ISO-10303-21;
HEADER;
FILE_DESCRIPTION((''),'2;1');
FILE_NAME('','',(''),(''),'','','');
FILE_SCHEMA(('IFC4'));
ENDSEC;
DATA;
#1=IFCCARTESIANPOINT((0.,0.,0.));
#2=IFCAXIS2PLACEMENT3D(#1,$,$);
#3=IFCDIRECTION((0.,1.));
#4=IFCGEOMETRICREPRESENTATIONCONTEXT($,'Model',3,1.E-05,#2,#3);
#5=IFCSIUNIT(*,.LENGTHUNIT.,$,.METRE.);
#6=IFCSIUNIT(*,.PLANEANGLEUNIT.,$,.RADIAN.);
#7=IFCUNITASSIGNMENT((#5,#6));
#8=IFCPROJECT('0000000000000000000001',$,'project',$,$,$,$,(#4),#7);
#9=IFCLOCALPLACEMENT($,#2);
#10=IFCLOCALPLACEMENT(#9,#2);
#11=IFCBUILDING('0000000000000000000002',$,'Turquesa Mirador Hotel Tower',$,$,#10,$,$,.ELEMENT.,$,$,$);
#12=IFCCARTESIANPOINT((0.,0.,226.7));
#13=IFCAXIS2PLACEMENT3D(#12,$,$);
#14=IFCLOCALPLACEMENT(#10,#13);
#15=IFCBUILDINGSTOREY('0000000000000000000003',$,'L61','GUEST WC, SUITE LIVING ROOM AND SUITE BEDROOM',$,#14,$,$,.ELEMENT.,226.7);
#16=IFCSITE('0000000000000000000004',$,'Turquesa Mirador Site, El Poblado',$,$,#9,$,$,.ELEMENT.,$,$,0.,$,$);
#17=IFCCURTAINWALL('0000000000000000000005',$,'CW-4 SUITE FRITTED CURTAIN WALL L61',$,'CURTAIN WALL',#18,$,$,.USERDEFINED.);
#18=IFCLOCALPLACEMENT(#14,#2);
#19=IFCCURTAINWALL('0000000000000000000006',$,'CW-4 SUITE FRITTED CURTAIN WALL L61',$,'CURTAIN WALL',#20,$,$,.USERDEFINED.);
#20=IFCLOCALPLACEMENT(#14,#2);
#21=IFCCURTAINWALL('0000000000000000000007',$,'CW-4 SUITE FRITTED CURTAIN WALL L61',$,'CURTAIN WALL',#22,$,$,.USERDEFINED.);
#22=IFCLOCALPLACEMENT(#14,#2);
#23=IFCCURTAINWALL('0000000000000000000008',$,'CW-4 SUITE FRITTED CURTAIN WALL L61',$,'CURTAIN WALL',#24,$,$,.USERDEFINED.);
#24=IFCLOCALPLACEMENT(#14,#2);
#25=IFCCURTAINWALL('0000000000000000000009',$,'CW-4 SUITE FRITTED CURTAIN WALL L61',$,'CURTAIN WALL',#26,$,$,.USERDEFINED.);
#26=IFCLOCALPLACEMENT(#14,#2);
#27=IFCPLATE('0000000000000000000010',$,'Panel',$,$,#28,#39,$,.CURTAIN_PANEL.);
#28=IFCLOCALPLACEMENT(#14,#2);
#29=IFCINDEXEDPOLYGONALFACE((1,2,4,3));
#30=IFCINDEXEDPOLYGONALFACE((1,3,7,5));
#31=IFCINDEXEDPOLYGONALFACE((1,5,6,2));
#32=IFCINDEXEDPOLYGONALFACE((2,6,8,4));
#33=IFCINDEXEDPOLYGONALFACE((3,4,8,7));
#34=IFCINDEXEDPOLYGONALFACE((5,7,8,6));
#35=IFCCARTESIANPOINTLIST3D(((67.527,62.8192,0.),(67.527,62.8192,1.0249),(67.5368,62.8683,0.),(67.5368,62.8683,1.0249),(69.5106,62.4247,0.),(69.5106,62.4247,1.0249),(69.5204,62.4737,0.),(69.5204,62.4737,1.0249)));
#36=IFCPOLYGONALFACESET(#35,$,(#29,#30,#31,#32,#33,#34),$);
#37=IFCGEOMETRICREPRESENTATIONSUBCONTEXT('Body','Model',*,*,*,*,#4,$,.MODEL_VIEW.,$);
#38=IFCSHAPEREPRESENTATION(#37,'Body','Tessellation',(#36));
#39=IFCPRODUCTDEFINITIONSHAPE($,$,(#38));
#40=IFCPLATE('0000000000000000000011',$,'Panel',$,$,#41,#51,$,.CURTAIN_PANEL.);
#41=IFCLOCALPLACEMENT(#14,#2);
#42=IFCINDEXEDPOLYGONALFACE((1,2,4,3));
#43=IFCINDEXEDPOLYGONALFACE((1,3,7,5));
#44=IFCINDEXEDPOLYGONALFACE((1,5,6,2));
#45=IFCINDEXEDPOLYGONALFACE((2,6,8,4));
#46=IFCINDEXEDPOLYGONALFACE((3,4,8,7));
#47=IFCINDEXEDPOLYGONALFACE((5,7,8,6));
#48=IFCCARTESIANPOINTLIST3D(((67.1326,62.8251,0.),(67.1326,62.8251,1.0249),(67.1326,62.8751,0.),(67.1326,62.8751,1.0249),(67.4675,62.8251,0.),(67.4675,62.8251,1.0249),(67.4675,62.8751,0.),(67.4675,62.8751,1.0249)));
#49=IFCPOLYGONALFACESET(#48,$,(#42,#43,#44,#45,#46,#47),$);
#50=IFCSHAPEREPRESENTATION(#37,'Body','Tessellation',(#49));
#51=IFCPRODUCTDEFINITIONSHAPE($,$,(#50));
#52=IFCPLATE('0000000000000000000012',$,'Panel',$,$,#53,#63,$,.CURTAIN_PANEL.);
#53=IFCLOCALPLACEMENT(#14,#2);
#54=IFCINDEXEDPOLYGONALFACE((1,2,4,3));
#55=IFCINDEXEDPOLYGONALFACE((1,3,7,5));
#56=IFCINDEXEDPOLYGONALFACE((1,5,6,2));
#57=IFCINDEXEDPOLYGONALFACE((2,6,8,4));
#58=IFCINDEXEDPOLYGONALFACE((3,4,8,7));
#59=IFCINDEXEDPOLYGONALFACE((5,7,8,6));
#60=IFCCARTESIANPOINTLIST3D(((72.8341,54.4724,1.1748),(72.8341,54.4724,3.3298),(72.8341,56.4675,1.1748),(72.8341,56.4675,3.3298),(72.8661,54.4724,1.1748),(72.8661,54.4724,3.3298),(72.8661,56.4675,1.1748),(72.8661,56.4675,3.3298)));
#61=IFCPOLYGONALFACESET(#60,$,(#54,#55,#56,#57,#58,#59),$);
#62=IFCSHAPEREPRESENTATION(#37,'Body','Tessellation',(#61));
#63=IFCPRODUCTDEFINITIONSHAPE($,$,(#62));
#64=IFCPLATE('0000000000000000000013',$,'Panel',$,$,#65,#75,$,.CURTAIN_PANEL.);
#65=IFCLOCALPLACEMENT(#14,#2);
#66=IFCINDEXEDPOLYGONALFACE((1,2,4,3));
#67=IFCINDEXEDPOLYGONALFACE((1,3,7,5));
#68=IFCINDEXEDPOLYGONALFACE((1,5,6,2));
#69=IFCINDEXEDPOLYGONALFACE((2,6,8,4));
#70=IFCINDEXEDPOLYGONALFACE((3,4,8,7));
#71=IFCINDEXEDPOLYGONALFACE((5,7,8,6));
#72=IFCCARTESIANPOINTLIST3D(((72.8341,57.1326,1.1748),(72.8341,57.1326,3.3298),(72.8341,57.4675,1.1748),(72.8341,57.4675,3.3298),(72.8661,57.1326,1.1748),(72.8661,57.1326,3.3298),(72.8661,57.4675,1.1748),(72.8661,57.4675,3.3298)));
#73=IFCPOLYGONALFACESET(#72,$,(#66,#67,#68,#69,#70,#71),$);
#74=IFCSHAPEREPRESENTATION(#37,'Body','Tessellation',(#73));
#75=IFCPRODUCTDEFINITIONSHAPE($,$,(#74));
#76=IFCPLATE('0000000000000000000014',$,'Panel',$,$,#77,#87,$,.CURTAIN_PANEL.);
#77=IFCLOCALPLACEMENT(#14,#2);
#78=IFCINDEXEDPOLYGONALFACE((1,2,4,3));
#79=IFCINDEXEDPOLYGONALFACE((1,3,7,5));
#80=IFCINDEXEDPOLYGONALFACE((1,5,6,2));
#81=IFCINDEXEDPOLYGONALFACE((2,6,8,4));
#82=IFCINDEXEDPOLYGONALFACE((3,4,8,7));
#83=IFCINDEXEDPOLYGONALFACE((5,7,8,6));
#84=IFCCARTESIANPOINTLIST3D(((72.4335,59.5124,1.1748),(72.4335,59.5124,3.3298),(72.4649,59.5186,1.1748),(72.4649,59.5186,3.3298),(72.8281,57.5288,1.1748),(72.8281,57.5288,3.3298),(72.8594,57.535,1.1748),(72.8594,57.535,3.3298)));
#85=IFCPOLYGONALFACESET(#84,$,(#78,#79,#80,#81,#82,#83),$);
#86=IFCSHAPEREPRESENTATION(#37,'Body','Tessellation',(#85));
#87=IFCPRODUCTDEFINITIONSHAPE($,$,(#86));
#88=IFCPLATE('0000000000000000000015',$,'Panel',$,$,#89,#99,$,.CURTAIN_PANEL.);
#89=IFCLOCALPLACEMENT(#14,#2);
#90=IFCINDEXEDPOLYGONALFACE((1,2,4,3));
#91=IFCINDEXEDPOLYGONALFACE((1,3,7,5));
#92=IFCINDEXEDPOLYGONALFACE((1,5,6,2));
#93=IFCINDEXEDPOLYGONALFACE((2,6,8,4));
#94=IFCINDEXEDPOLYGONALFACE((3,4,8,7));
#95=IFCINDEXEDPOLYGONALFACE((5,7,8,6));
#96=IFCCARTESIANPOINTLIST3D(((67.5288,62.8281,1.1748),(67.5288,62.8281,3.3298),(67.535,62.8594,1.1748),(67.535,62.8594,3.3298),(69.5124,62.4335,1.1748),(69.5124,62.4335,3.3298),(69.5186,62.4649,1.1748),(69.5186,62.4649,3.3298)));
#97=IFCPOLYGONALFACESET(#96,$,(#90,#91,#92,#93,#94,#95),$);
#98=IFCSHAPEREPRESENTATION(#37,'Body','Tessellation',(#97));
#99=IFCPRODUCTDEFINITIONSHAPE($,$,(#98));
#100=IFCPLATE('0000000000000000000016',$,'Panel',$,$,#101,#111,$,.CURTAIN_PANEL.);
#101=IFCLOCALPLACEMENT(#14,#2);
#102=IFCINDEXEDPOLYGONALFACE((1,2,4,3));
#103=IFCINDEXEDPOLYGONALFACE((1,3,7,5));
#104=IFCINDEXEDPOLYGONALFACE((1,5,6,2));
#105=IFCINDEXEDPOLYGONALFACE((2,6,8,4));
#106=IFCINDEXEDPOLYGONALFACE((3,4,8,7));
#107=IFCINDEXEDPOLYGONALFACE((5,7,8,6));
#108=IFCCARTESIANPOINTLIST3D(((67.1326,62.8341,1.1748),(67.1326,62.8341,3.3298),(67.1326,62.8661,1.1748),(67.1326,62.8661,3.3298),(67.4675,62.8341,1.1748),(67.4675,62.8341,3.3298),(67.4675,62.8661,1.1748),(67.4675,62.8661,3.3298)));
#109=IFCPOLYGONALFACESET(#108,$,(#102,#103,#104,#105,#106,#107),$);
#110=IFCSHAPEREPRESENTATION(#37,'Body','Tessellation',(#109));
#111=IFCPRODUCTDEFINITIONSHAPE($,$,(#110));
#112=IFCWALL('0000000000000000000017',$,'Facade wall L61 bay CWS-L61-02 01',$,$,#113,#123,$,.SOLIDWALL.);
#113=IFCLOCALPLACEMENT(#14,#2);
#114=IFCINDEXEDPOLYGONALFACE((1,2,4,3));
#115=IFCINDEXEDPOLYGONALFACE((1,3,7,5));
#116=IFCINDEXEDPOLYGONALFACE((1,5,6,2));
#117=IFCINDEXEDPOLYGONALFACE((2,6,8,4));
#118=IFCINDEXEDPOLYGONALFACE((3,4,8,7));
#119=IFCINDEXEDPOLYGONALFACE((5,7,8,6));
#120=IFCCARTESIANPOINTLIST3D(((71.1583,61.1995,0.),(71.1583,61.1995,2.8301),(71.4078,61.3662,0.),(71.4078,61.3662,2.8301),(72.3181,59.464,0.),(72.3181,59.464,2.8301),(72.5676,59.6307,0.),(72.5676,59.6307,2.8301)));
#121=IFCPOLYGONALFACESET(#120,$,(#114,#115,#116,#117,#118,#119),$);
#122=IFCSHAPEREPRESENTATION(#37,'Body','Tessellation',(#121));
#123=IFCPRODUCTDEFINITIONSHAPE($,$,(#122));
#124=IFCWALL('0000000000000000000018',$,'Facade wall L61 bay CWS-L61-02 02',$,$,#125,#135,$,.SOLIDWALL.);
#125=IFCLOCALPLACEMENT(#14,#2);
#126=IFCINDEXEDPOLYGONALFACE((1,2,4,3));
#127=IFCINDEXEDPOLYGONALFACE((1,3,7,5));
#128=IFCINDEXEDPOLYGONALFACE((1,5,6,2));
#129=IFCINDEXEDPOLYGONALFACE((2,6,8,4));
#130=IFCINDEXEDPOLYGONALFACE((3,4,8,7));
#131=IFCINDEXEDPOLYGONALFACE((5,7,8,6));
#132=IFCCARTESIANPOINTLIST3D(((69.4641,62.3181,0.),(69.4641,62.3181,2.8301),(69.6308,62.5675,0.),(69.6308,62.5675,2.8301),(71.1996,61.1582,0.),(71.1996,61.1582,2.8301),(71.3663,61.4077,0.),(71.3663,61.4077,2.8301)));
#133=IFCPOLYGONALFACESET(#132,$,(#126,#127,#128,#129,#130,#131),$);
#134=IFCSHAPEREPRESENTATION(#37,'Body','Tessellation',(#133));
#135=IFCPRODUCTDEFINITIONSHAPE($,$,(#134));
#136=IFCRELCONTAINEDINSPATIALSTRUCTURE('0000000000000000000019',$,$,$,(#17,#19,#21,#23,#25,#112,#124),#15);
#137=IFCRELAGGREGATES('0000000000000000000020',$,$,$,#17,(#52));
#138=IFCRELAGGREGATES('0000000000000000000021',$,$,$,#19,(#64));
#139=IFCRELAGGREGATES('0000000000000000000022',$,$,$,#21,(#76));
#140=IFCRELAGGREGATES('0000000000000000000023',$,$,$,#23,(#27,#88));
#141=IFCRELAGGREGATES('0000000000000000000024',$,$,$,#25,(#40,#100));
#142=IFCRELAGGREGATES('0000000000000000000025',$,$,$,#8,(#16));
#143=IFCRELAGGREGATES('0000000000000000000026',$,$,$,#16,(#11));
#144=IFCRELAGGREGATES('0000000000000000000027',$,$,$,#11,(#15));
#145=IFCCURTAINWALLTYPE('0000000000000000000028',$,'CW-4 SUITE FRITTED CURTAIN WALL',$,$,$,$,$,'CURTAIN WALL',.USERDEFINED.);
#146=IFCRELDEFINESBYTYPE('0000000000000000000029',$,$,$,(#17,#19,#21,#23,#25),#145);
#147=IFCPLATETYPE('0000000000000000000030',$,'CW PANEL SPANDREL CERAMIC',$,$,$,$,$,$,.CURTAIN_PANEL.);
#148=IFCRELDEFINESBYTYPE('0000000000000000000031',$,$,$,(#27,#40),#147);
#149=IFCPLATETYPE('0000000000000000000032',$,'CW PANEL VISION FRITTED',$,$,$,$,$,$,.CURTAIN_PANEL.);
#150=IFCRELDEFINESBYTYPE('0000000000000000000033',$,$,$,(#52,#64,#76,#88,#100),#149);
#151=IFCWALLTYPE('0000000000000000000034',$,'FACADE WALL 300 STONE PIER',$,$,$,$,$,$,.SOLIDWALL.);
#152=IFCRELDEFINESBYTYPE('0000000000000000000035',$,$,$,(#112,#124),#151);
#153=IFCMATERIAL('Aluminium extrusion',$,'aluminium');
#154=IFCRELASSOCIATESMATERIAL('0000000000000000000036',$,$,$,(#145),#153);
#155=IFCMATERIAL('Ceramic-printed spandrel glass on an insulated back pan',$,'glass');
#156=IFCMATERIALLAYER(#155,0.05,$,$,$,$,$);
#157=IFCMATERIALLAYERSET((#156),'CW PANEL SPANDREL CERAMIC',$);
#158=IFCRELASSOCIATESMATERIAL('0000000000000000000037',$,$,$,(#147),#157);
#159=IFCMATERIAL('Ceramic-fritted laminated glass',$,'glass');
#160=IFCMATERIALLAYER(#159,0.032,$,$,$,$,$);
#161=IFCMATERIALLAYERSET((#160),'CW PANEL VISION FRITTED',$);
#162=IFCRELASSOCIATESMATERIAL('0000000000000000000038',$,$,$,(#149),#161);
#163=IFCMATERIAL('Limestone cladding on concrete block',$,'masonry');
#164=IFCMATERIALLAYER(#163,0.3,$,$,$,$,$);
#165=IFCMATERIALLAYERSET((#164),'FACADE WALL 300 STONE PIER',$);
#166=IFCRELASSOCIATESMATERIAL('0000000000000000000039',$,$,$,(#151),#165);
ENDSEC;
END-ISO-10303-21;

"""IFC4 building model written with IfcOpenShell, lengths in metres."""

from ifc_helpers import new_model, si_unit, direction, frame, frame_2d, origin, origin_2d, place, context, subcontext, project, spatial, rectangle, extrude, material, layer, layer_set, type_object, element, aggregate, save


model = new_model("IFC4")

# Units and contexts
model_context = context("Model", 3, precision=1e-05, world=origin(), true_north=direction((0.0, 1.0)))
body_context = subcontext(model_context, "Body", "Model", "MODEL_VIEW")
ifc_project = project(units=[si_unit("LENGTHUNIT", "METRE"), si_unit("PLANEANGLEUNIT", "RADIAN")], contexts=[model_context])

# Site, building, storey
site_placement = place(None, origin())
site = spatial("IfcSite", under=ifc_project, at=site_placement, Name="Turquesa Mirador Site, El Poblado", CompositionType="ELEMENT", RefElevation=0.0)
building_placement = place(site_placement, origin())
building = spatial("IfcBuilding", under=site, at=building_placement, Name="Turquesa Mirador Hotel Tower", CompositionType="ELEMENT")
storey_placement = place(building_placement, frame((0.0, 0.0, 226.7)))
storey = spatial("IfcBuildingStorey", under=building, at=storey_placement, Name="L61", Description="GUEST WC, SUITE LIVING ROOM AND SUITE BEDROOM", CompositionType="ELEMENT", Elevation=226.7)

# Curtain wall
ifc_material_1 = material(Name="Aluminium extrusion", Category="aluminium")
curtain_wall_type = type_object("IfcCurtainWallType", Name="CW-4 SUITE FRITTED CURTAIN WALL", ElementType="CURTAIN WALL", PredefinedType="USERDEFINED", material=ifc_material_1)
curtain_wall_1_placement = place(storey_placement, origin())
curtain_wall_1 = element("IfcCurtainWall", 1, at=curtain_wall_1_placement, inside=storey, type_object=curtain_wall_type, Name="CW-4 SUITE FRITTED CURTAIN WALL L61", ObjectType="CURTAIN WALL", PredefinedType="USERDEFINED")

# Curtain wall
curtain_wall_2_placement = place(storey_placement, origin())
curtain_wall_2 = element("IfcCurtainWall", 2, at=curtain_wall_2_placement, inside=storey, type_object=curtain_wall_type, Name="CW-4 SUITE FRITTED CURTAIN WALL L61", ObjectType="CURTAIN WALL", PredefinedType="USERDEFINED")

# Curtain walls
curtain_wall_3_placement = place(storey_placement, origin())
curtain_wall_3 = element("IfcCurtainWall", 3, at=curtain_wall_3_placement, inside=storey, type_object=curtain_wall_type, Name="CW-4 SUITE FRITTED CURTAIN WALL L61", ObjectType="CURTAIN WALL", PredefinedType="USERDEFINED")
curtain_wall_4_placement = place(storey_placement, origin())
curtain_wall_4 = element("IfcCurtainWall", 4, at=curtain_wall_4_placement, inside=storey, type_object=curtain_wall_type, Name="CW-4 SUITE FRITTED CURTAIN WALL L61", ObjectType="CURTAIN WALL", PredefinedType="USERDEFINED")
curtain_wall_5_placement = place(storey_placement, origin())
curtain_wall_5 = element("IfcCurtainWall", 5, at=curtain_wall_5_placement, inside=storey, type_object=curtain_wall_type, Name="CW-4 SUITE FRITTED CURTAIN WALL L61", ObjectType="CURTAIN WALL", PredefinedType="USERDEFINED")

# Plates
ifc_material_2 = material(Name="Ceramic-printed spandrel glass on an insulated back pan", Category="glass")
ifc_layer_1 = layer(ifc_material_2, 0.05)
ifc_layer_set_1 = layer_set([ifc_layer_1], Name="CW PANEL SPANDREL CERAMIC")
plate_type_1 = type_object("IfcPlateType", Name="CW PANEL SPANDREL CERAMIC", PredefinedType="CURTAIN_PANEL", material=ifc_layer_set_1)
plate_1_placement = place(storey_placement, frame((68.5237, 62.6465, 0.0), z_axis=(0.0, 0.0, 1.0), x_axis=(-0.980785, 0.195091, 0.0)))
plate_1 = element("IfcPlate", 6, at=plate_1_placement, type_object=plate_type_1, Name="Panel", PredefinedType="CURTAIN_PANEL", context=body_context, shape_type="SweptSolid", body=[
    extrude(rectangle(XDim=2.0225, YDim=0.05, at=origin_2d()), origin(), (0.0, 0.0, 1.0), 1.0249),
])
plate_2_placement = place(storey_placement, frame((67.3, 62.8501, 0.0), z_axis=(0.0, 0.0, 1.0), x_axis=(-1.0, 0.0, 0.0)))
plate_2 = element("IfcPlate", 7, at=plate_2_placement, type_object=plate_type_1, Name="Panel", PredefinedType="CURTAIN_PANEL", context=body_context, shape_type="SweptSolid", body=[
    extrude(rectangle(XDim=0.335, YDim=0.05, at=origin_2d()), origin(), (0.0, 0.0, 1.0), 1.0249),
])
ifc_material_3 = material(Name="Ceramic-fritted laminated glass", Category="glass")
ifc_layer_2 = layer(ifc_material_3, 0.032)
ifc_layer_set_2 = layer_set([ifc_layer_2], Name="CW PANEL VISION FRITTED")
plate_type_2 = type_object("IfcPlateType", Name="CW PANEL VISION FRITTED", PredefinedType="CURTAIN_PANEL", material=ifc_layer_set_2)
plate_3_placement = place(storey_placement, frame((72.8501, 55.47, 1.1748), z_axis=(0.0, 0.0, 1.0), x_axis=(0.0, 1.0, 0.0)))
plate_3 = element("IfcPlate", 8, at=plate_3_placement, type_object=plate_type_2, Name="Panel", PredefinedType="CURTAIN_PANEL", context=body_context, shape_type="SweptSolid", body=[
    extrude(rectangle(XDim=1.9951, YDim=0.032, at=origin_2d()), origin(), (0.0, 0.0, 1.0), 2.155),
])
aggregate(curtain_wall_1, [plate_3])
plate_4_placement = place(storey_placement, frame((72.8501, 57.3, 1.1748), z_axis=(0.0, 0.0, 1.0), x_axis=(0.0, 1.0, 0.0)))
plate_4 = element("IfcPlate", 9, at=plate_4_placement, type_object=plate_type_2, Name="Panel", PredefinedType="CURTAIN_PANEL", context=body_context, shape_type="SweptSolid", body=[
    extrude(rectangle(XDim=0.335, YDim=0.032, at=origin_2d()), origin(), (0.0, 0.0, 1.0), 2.155),
])
aggregate(curtain_wall_2, [plate_4])
plate_5_placement = place(storey_placement, frame((72.6465, 58.5237, 1.1748), z_axis=(0.0, 0.0, 1.0), x_axis=(-0.195091, 0.980785, 0.0)))
plate_5 = element("IfcPlate", 10, at=plate_5_placement, type_object=plate_type_2, Name="Panel", PredefinedType="CURTAIN_PANEL", context=body_context, shape_type="SweptSolid", body=[
    extrude(rectangle(XDim=2.0225, YDim=0.032, at=origin_2d()), origin(), (0.0, 0.0, 1.0), 2.155),
])
aggregate(curtain_wall_3, [plate_5])
plate_6_placement = place(storey_placement, frame((68.5237, 62.6465, 1.1748), z_axis=(0.0, 0.0, 1.0), x_axis=(-0.980785, 0.195091, 0.0)))
plate_6 = element("IfcPlate", 11, at=plate_6_placement, type_object=plate_type_2, Name="Panel", PredefinedType="CURTAIN_PANEL", context=body_context, shape_type="SweptSolid", body=[
    extrude(rectangle(XDim=2.0225, YDim=0.032, at=origin_2d()), origin(), (0.0, 0.0, 1.0), 2.155),
])
aggregate(curtain_wall_4, [plate_1, plate_6])
plate_7_placement = place(storey_placement, frame((67.3, 62.8501, 1.1748), z_axis=(0.0, 0.0, 1.0), x_axis=(-1.0, 0.0, 0.0)))
plate_7 = element("IfcPlate", 12, at=plate_7_placement, type_object=plate_type_2, Name="Panel", PredefinedType="CURTAIN_PANEL", context=body_context, shape_type="SweptSolid", body=[
    extrude(rectangle(XDim=0.335, YDim=0.032, at=origin_2d()), origin(), (0.0, 0.0, 1.0), 2.155),
])
aggregate(curtain_wall_5, [plate_2, plate_7])

# Walls
ifc_material_4 = material(Name="Limestone cladding on concrete block", Category="masonry")
ifc_layer_3 = layer(ifc_material_4, 0.3)
ifc_layer_set_3 = layer_set([ifc_layer_3], Name="FACADE WALL 300 STONE PIER")
wall_type = type_object("IfcWallType", Name="FACADE WALL 300 STONE PIER", PredefinedType="SOLIDWALL", material=ifc_layer_set_3)
for number, where, z_axis, x_axis, name in (
    (13, (72.4429, 59.5474, 0.0), (0.0, 0.0, 1.0), (-0.555644, 0.83142, 0.0), "Facade wall L61 bay CWS-L61-02 01"),
    (14, (71.283, 61.283, 0.0), (0.0, 0.0, 1.0), (-0.83142, 0.555644, 0.0), "Facade wall L61 bay CWS-L61-02 02"),
):
    element("IfcWall", number, at=place(storey_placement, frame(where, z_axis=z_axis, x_axis=x_axis)), inside=storey, type_object=wall_type, Name=name, PredefinedType="SOLIDWALL", context=body_context, shape_type="SweptSolid", body=[
        extrude(rectangle(XDim=2.0874, YDim=0.3, at=frame_2d((1.0437, 0.0))), origin(), (0.0, 0.0, 1.0), 2.8301),
    ])

save(model, "model.ifc")
